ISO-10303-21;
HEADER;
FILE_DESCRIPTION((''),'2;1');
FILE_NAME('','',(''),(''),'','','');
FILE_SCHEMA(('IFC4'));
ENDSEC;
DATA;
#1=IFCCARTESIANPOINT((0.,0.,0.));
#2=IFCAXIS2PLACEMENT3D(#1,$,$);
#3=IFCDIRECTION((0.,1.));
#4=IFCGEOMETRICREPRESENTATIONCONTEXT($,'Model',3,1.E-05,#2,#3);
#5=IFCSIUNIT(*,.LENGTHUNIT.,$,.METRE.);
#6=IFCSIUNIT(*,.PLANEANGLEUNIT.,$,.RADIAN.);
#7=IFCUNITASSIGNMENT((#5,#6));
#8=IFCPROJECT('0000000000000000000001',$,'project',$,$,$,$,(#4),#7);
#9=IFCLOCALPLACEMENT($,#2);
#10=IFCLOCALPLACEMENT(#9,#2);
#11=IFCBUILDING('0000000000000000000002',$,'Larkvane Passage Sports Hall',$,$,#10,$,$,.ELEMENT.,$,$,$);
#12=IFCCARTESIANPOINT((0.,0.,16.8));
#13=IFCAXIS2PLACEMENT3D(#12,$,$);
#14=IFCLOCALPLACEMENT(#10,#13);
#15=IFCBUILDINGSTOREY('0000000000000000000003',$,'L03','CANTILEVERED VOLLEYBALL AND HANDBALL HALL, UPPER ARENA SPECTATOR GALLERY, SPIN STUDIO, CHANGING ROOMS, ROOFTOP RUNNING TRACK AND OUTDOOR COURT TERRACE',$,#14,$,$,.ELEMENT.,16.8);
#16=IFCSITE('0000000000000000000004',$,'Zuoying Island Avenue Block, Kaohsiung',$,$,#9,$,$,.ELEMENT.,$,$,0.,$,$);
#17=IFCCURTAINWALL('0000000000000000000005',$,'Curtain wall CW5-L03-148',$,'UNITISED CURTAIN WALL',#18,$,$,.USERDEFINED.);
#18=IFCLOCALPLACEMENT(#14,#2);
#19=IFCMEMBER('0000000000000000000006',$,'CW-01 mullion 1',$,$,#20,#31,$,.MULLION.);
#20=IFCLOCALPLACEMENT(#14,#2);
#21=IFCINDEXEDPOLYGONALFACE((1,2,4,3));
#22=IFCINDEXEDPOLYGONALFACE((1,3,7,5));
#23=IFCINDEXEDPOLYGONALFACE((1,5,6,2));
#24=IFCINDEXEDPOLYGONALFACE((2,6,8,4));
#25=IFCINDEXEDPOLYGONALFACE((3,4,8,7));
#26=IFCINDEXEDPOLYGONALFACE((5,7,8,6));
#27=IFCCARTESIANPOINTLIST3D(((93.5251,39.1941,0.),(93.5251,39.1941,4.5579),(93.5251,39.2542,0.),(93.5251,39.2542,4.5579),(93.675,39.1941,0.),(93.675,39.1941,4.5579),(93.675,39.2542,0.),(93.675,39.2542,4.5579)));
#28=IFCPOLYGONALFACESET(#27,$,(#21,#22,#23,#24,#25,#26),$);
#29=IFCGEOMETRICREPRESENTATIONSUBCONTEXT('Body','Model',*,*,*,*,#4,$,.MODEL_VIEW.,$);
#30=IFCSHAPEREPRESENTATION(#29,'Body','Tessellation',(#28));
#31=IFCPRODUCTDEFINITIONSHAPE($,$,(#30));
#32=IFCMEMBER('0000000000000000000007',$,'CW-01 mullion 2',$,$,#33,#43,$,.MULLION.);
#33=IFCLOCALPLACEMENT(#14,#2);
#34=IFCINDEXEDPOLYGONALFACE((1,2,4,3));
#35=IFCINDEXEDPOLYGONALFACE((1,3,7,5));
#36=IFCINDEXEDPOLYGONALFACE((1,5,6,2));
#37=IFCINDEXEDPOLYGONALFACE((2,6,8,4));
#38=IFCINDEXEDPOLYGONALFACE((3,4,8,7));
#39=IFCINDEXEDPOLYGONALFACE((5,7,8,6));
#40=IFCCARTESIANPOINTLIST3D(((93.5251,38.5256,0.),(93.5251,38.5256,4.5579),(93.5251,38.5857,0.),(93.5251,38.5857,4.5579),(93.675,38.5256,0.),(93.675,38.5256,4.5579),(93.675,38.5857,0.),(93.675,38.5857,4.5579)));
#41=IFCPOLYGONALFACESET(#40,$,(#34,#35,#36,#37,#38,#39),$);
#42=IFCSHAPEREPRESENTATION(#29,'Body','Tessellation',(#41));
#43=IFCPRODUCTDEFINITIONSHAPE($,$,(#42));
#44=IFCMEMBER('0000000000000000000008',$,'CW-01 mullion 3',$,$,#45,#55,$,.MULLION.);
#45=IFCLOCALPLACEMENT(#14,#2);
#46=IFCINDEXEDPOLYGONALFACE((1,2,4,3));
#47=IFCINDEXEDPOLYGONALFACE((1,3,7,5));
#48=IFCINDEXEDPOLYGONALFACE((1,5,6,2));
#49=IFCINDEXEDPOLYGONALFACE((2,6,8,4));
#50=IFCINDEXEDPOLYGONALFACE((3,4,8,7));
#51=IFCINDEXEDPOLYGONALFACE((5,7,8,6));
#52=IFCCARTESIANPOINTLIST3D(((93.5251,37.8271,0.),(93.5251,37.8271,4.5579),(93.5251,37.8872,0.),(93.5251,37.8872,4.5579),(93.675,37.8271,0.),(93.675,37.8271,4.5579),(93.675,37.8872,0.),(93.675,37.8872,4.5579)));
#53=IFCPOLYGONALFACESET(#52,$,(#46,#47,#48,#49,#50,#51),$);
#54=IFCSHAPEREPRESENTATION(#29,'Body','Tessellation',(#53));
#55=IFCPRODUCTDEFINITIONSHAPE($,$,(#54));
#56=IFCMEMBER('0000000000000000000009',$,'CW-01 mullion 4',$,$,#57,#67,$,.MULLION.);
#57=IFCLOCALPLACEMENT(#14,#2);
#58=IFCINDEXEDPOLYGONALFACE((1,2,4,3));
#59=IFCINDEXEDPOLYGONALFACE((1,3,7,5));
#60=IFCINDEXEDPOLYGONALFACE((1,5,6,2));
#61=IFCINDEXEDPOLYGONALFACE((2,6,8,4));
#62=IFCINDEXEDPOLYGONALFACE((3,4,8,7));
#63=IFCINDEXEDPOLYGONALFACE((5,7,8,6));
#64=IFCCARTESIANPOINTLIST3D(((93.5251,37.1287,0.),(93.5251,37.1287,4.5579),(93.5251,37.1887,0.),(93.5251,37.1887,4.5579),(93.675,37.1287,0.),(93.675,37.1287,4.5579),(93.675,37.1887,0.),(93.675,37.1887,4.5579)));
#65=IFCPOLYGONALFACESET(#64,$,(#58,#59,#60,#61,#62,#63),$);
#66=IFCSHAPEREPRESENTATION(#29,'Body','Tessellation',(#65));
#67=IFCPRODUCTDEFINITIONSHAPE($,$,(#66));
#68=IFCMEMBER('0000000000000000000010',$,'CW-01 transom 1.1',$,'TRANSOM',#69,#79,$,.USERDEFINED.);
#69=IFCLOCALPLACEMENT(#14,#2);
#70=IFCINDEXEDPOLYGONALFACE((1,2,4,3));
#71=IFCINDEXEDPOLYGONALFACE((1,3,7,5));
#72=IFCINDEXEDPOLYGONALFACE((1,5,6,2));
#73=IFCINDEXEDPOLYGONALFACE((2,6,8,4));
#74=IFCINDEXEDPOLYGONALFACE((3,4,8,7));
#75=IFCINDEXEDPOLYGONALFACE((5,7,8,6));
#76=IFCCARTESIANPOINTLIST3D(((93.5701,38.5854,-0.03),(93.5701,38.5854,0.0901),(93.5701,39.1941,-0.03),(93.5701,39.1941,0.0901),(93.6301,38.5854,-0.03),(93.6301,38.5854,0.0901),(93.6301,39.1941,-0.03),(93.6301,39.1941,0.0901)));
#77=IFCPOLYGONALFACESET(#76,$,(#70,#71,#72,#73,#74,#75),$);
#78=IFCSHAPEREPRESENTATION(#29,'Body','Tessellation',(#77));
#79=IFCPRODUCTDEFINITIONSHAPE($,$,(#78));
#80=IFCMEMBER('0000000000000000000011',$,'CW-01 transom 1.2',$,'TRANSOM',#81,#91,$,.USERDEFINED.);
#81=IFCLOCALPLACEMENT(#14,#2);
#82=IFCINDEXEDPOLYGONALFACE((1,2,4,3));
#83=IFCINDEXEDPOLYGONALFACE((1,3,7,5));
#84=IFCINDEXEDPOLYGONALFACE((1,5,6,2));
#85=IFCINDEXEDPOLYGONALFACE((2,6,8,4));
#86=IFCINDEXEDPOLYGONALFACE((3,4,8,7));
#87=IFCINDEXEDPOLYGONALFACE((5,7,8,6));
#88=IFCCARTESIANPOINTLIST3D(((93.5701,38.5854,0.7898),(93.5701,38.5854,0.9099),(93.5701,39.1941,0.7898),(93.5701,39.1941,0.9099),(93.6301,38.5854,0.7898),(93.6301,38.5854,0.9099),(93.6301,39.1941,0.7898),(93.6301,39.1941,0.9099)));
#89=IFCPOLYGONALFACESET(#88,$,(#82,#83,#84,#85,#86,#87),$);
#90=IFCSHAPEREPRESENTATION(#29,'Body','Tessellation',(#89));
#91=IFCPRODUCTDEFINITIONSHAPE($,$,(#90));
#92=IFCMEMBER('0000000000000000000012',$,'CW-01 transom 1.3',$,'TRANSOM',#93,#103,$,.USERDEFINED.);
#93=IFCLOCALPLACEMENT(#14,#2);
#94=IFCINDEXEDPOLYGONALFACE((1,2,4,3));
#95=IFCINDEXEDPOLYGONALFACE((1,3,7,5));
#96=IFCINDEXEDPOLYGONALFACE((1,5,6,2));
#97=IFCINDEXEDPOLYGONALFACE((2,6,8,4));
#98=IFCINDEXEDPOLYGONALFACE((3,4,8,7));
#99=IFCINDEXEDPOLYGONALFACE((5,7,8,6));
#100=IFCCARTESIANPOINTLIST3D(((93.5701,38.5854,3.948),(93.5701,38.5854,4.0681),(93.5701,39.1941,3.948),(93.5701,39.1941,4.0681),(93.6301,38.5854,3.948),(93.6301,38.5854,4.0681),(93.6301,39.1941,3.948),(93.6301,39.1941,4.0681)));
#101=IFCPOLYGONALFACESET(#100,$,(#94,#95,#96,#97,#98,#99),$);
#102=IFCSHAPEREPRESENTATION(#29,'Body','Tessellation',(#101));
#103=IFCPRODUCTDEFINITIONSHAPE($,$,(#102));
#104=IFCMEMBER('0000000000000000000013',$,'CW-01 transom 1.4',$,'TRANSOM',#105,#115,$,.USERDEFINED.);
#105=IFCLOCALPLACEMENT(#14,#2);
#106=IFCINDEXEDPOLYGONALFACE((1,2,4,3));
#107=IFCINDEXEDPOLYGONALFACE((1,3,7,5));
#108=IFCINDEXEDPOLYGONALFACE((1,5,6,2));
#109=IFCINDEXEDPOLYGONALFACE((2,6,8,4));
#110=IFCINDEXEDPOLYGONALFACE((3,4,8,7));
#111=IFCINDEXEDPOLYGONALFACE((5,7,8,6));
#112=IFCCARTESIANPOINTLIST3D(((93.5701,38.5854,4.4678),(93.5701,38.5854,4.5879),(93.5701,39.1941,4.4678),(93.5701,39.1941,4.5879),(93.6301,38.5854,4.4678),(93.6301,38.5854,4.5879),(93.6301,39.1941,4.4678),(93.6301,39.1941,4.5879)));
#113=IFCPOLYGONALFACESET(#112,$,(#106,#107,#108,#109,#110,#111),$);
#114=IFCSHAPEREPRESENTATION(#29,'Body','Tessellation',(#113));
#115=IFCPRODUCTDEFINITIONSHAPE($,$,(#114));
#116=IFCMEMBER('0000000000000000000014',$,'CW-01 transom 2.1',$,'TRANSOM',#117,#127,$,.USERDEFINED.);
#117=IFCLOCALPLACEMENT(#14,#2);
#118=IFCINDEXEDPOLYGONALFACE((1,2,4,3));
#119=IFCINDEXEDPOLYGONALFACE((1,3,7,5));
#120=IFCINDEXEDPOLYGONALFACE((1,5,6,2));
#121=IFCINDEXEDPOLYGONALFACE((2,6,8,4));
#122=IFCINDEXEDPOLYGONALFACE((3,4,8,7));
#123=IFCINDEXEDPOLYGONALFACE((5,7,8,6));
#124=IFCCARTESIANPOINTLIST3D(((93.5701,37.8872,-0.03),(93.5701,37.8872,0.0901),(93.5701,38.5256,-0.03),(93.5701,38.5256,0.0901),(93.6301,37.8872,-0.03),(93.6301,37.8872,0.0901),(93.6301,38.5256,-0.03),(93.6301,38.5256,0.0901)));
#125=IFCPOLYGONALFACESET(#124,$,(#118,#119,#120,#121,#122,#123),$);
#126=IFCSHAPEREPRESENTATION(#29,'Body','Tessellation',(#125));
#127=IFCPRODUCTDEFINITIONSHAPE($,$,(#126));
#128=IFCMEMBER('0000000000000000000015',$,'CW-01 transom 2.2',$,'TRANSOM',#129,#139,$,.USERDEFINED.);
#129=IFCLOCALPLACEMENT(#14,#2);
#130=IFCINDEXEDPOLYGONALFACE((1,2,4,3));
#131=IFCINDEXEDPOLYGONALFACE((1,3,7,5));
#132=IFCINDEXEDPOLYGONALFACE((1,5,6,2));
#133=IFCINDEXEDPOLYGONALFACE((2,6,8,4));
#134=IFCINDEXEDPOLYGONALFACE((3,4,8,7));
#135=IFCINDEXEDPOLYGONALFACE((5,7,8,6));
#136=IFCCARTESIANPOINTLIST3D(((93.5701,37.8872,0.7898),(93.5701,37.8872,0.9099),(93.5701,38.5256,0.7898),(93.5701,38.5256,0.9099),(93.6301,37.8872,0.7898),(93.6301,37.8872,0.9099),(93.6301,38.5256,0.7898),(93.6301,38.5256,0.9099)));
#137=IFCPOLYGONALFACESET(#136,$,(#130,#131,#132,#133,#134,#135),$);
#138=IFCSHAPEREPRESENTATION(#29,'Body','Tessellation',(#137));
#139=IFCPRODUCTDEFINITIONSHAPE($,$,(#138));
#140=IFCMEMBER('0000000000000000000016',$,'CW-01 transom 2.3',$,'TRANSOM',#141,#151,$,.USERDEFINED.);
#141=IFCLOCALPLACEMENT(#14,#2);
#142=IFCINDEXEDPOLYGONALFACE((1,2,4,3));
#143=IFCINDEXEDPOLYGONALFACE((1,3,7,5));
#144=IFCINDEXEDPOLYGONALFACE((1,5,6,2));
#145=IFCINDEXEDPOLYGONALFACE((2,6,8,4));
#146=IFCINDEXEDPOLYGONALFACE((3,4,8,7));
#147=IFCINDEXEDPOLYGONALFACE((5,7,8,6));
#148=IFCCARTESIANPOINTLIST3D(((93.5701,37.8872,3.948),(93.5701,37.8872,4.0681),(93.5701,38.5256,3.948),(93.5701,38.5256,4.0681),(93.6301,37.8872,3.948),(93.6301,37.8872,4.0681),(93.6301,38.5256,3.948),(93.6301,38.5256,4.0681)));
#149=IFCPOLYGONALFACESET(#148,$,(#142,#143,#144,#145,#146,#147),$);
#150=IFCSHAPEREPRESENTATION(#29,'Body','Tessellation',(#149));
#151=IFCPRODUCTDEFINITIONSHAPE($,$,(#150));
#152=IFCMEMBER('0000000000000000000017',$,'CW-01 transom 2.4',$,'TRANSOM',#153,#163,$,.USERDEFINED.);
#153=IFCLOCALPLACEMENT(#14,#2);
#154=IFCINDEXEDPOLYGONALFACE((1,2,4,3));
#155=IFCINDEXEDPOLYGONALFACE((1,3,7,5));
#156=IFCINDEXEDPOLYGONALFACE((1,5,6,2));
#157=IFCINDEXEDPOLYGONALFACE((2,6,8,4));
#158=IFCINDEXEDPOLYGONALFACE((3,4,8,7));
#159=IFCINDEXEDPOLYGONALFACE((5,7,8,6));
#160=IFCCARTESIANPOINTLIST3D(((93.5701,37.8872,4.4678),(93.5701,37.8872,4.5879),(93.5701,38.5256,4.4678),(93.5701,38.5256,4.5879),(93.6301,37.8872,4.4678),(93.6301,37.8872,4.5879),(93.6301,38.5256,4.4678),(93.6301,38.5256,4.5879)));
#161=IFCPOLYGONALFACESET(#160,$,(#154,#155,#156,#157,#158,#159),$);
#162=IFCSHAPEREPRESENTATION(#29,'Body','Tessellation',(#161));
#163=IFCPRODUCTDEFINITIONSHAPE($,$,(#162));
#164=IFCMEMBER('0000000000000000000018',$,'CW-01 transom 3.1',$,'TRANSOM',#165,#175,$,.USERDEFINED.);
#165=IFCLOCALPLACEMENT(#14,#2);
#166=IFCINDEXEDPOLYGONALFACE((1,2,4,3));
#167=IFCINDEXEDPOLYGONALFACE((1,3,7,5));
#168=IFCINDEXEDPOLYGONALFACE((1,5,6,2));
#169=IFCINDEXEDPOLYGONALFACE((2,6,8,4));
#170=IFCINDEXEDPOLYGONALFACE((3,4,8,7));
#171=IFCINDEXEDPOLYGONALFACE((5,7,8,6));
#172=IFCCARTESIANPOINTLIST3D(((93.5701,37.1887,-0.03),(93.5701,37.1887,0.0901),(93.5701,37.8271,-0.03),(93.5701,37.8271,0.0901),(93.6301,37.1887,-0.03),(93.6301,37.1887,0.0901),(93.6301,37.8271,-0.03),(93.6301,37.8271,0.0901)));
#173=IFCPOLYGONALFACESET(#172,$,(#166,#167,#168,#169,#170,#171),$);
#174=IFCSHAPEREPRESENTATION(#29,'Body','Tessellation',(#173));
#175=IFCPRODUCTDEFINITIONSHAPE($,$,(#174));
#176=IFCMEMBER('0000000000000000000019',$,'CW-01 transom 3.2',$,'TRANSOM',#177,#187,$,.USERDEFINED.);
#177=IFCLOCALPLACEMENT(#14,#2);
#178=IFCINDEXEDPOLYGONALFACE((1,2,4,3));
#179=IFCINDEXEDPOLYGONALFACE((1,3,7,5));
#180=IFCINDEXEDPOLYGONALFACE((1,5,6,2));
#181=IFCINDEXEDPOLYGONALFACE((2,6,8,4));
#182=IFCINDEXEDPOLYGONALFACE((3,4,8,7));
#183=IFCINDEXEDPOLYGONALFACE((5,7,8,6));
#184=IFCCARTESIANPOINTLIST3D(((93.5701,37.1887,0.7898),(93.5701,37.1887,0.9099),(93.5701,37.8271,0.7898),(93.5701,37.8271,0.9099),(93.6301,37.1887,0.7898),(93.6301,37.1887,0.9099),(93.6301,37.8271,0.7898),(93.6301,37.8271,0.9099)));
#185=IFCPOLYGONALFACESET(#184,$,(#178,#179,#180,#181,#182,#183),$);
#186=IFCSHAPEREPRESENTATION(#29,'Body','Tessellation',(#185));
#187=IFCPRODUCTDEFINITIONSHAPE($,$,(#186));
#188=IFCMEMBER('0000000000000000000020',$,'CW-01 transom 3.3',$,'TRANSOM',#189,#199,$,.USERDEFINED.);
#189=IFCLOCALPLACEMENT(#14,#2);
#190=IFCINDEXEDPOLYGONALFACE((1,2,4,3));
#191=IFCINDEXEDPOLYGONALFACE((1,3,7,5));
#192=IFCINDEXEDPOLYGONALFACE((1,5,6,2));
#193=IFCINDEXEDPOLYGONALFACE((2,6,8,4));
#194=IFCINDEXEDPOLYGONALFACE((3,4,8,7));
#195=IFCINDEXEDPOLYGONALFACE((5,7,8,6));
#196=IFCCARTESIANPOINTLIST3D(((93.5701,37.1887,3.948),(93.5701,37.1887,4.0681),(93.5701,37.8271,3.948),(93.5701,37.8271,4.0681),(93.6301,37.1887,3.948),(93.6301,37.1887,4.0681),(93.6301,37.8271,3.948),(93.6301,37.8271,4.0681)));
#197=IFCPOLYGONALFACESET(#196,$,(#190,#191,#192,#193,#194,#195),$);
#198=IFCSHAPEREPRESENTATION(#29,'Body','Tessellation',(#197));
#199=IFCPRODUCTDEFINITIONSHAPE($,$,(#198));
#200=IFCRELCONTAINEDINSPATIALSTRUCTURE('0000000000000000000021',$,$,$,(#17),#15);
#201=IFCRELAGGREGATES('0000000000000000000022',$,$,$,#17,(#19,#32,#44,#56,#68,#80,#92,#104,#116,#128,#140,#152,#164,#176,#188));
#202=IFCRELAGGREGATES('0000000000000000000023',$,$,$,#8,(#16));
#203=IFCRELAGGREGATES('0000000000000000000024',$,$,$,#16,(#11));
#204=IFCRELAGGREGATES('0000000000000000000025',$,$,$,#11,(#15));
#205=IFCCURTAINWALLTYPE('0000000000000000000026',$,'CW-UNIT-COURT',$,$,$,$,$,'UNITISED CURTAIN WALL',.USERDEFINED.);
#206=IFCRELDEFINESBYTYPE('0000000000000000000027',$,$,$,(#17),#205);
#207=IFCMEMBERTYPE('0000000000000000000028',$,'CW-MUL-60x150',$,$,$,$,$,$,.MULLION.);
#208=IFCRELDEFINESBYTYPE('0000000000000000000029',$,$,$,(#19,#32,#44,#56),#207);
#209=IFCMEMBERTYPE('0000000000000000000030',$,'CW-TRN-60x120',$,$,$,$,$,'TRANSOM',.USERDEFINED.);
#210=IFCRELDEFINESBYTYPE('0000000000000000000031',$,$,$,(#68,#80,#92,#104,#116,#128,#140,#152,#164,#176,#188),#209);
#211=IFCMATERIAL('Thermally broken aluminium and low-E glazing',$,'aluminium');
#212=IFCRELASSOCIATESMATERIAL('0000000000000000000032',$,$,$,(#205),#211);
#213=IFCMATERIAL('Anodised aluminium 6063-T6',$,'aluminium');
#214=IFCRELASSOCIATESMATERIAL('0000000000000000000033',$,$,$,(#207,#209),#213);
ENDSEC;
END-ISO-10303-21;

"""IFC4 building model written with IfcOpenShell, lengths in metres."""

from ifc_helpers import new_model, si_unit, direction, frame, origin, origin_2d, place, context, subcontext, project, spatial, rectangle, extrude, material, material_profile, profile_set, type_object, element, aggregate, save


model = new_model("IFC4")

# Units and contexts
model_context = context("Model", 3, precision=1e-05, world=origin(), true_north=direction((0.0, 1.0)))
body_context = subcontext(model_context, "Body", "Model", "MODEL_VIEW")
ifc_project = project(units=[si_unit("LENGTHUNIT", "METRE"), si_unit("PLANEANGLEUNIT", "RADIAN")], contexts=[model_context])

# Site, building, storey
site_placement = place(None, origin())
site = spatial("IfcSite", under=ifc_project, at=site_placement, Name="Zuoying Island Avenue Block, Kaohsiung", CompositionType="ELEMENT", RefElevation=0.0)
building_placement = place(site_placement, origin())
building = spatial("IfcBuilding", under=site, at=building_placement, Name="Larkvane Passage Sports Hall", CompositionType="ELEMENT")
storey_placement = place(building_placement, frame((0.0, 0.0, 16.8)))
storey = spatial("IfcBuildingStorey", under=building, at=storey_placement, Name="L03", Description="CANTILEVERED VOLLEYBALL AND HANDBALL HALL, UPPER ARENA SPECTATOR GALLERY, SPIN STUDIO, CHANGING ROOMS, ROOFTOP RUNNING TRACK AND OUTDOOR COURT TERRACE", CompositionType="ELEMENT", Elevation=16.8)

# Curtain wall, members
ifc_material_1 = material(Name="Thermally broken aluminium and low-E glazing", Category="aluminium")
curtain_wall_type_1 = type_object("IfcCurtainWallType", Name="CW-UNIT-COURT", ElementType="UNITISED CURTAIN WALL", PredefinedType="USERDEFINED", material=ifc_material_1)
curtain_wall_1_placement = place(storey_placement, origin())
curtain_wall_1 = element("IfcCurtainWall", 1, at=curtain_wall_1_placement, inside=storey, type_object=curtain_wall_type_1, Name="Curtain wall CW5-L03-148", ObjectType="UNITISED CURTAIN WALL", PredefinedType="USERDEFINED")
ifc_material_2 = material(Name="Anodised aluminium 6063-T6", Category="aluminium")
ifc_material_profile_1 = material_profile(ifc_material_2, rectangle(XDim=0.0601, YDim=0.1499, at=origin_2d()), Name="ALU-MUL-60x150")
ifc_profile_set_1 = profile_set([ifc_material_profile_1], Name="Anodised aluminium 6063-T6")
member_type_1 = type_object("IfcMemberType", Name="CW-MUL-60x150", PredefinedType="MULLION", material=ifc_profile_set_1)
member_1_placement = place(storey_placement, frame((93.6001, 39.2241, 0.0), z_axis=(0.0, 0.0, 1.0), x_axis=(0.0, -1.0, 0.0)))
member_1 = element("IfcMember", 2, at=member_1_placement, type_object=member_type_1, Name="CW-01 mullion 1", PredefinedType="MULLION", context=body_context, shape_type="SweptSolid", body=[
    extrude(rectangle(XDim=0.0601, YDim=0.1499, at=origin_2d()), origin(), (0.0, 0.0, 1.0), 4.5579),
])
member_2_placement = place(storey_placement, frame((93.6001, 38.5557, 0.0), z_axis=(0.0, 0.0, 1.0), x_axis=(0.0, -1.0, 0.0)))
member_2 = element("IfcMember", 3, at=member_2_placement, type_object=member_type_1, Name="CW-01 mullion 2", PredefinedType="MULLION", context=body_context, shape_type="SweptSolid", body=[
    extrude(rectangle(XDim=0.0601, YDim=0.1499, at=origin_2d()), origin(), (0.0, 0.0, 1.0), 4.5579),
])
member_3_placement = place(storey_placement, frame((93.6001, 37.8572, 0.0), z_axis=(0.0, 0.0, 1.0), x_axis=(0.0, -1.0, 0.0)))
member_3 = element("IfcMember", 4, at=member_3_placement, type_object=member_type_1, Name="CW-01 mullion 3", PredefinedType="MULLION", context=body_context, shape_type="SweptSolid", body=[
    extrude(rectangle(XDim=0.0601, YDim=0.1499, at=origin_2d()), origin(), (0.0, 0.0, 1.0), 4.5579),
])
member_4_placement = place(storey_placement, frame((93.6001, 37.1587, 0.0), z_axis=(0.0, 0.0, 1.0), x_axis=(0.0, -1.0, 0.0)))
member_4 = element("IfcMember", 5, at=member_4_placement, type_object=member_type_1, Name="CW-01 mullion 4", PredefinedType="MULLION", context=body_context, shape_type="SweptSolid", body=[
    extrude(rectangle(XDim=0.0601, YDim=0.1499, at=origin_2d()), origin(), (0.0, 0.0, 1.0), 4.5579),
])
ifc_material_profile_2 = material_profile(ifc_material_2, rectangle(XDim=0.0601, YDim=0.1201, at=origin_2d()), Name="ALU-TRN-60x120")
ifc_profile_set_2 = profile_set([ifc_material_profile_2], Name="Anodised aluminium 6063-T6")
member_type_2 = type_object("IfcMemberType", Name="CW-TRN-60x120", ElementType="TRANSOM", PredefinedType="USERDEFINED", material=ifc_profile_set_2)
member_5_placement = place(storey_placement, frame((93.6001, 39.1941, 0.03), z_axis=(0.0, -1.0, 0.0), x_axis=(1.0, 0.0, 0.0)))
member_5 = element("IfcMember", 6, at=member_5_placement, type_object=member_type_2, Name="CW-01 transom 1.1", ObjectType="TRANSOM", PredefinedType="USERDEFINED", context=body_context, shape_type="SweptSolid", body=[
    extrude(rectangle(XDim=0.0601, YDim=0.1201, at=origin_2d()), origin(), (0.0, 0.0, 1.0), 0.6086),
])
member_6_placement = place(storey_placement, frame((93.6001, 39.1941, 0.8499), z_axis=(0.0, -1.0, 0.0), x_axis=(1.0, 0.0, 0.0)))
member_6 = element("IfcMember", 7, at=member_6_placement, type_object=member_type_2, Name="CW-01 transom 1.2", ObjectType="TRANSOM", PredefinedType="USERDEFINED", context=body_context, shape_type="SweptSolid", body=[
    extrude(rectangle(XDim=0.0601, YDim=0.1201, at=origin_2d()), origin(), (0.0, 0.0, 1.0), 0.6086),
])
member_7_placement = place(storey_placement, frame((93.6001, 39.1941, 4.0081), z_axis=(0.0, -1.0, 0.0), x_axis=(1.0, 0.0, 0.0)))
member_7 = element("IfcMember", 8, at=member_7_placement, type_object=member_type_2, Name="CW-01 transom 1.3", ObjectType="TRANSOM", PredefinedType="USERDEFINED", context=body_context, shape_type="SweptSolid", body=[
    extrude(rectangle(XDim=0.0601, YDim=0.1201, at=origin_2d()), origin(), (0.0, 0.0, 1.0), 0.6086),
])
member_8_placement = place(storey_placement, frame((93.6001, 39.1941, 4.5278), z_axis=(0.0, -1.0, 0.0), x_axis=(1.0, 0.0, 0.0)))
member_8 = element("IfcMember", 9, at=member_8_placement, type_object=member_type_2, Name="CW-01 transom 1.4", ObjectType="TRANSOM", PredefinedType="USERDEFINED", context=body_context, shape_type="SweptSolid", body=[
    extrude(rectangle(XDim=0.0601, YDim=0.1201, at=origin_2d()), origin(), (0.0, 0.0, 1.0), 0.6086),
])
member_9_placement = place(storey_placement, frame((93.6001, 38.5256, 0.03), z_axis=(0.0, -1.0, 0.0), x_axis=(1.0, 0.0, 0.0)))
member_9 = element("IfcMember", 10, at=member_9_placement, type_object=member_type_2, Name="CW-01 transom 2.1", ObjectType="TRANSOM", PredefinedType="USERDEFINED", context=body_context, shape_type="SweptSolid", body=[
    extrude(rectangle(XDim=0.0601, YDim=0.1201, at=origin_2d()), origin(), (0.0, 0.0, 1.0), 0.6384),
])
member_10_placement = place(storey_placement, frame((93.6001, 38.5256, 0.8499), z_axis=(0.0, -1.0, 0.0), x_axis=(1.0, 0.0, 0.0)))
member_10 = element("IfcMember", 11, at=member_10_placement, type_object=member_type_2, Name="CW-01 transom 2.2", ObjectType="TRANSOM", PredefinedType="USERDEFINED", context=body_context, shape_type="SweptSolid", body=[
    extrude(rectangle(XDim=0.0601, YDim=0.1201, at=origin_2d()), origin(), (0.0, 0.0, 1.0), 0.6384),
])
member_11_placement = place(storey_placement, frame((93.6001, 38.5256, 4.0081), z_axis=(0.0, -1.0, 0.0), x_axis=(1.0, 0.0, 0.0)))
member_11 = element("IfcMember", 12, at=member_11_placement, type_object=member_type_2, Name="CW-01 transom 2.3", ObjectType="TRANSOM", PredefinedType="USERDEFINED", context=body_context, shape_type="SweptSolid", body=[
    extrude(rectangle(XDim=0.0601, YDim=0.1201, at=origin_2d()), origin(), (0.0, 0.0, 1.0), 0.6384),
])
member_12_placement = place(storey_placement, frame((93.6001, 38.5256, 4.5278), z_axis=(0.0, -1.0, 0.0), x_axis=(1.0, 0.0, 0.0)))
member_12 = element("IfcMember", 13, at=member_12_placement, type_object=member_type_2, Name="CW-01 transom 2.4", ObjectType="TRANSOM", PredefinedType="USERDEFINED", context=body_context, shape_type="SweptSolid", body=[
    extrude(rectangle(XDim=0.0601, YDim=0.1201, at=origin_2d()), origin(), (0.0, 0.0, 1.0), 0.6384),
])
member_13_placement = place(storey_placement, frame((93.6001, 37.8271, 0.03), z_axis=(0.0, -1.0, 0.0), x_axis=(1.0, 0.0, 0.0)))
member_13 = element("IfcMember", 14, at=member_13_placement, type_object=member_type_2, Name="CW-01 transom 3.1", ObjectType="TRANSOM", PredefinedType="USERDEFINED", context=body_context, shape_type="SweptSolid", body=[
    extrude(rectangle(XDim=0.0601, YDim=0.1201, at=origin_2d()), origin(), (0.0, 0.0, 1.0), 0.6384),
])
member_14_placement = place(storey_placement, frame((93.6001, 37.8271, 0.8499), z_axis=(0.0, -1.0, 0.0), x_axis=(1.0, 0.0, 0.0)))
member_14 = element("IfcMember", 15, at=member_14_placement, type_object=member_type_2, Name="CW-01 transom 3.2", ObjectType="TRANSOM", PredefinedType="USERDEFINED", context=body_context, shape_type="SweptSolid", body=[
    extrude(rectangle(XDim=0.0601, YDim=0.1201, at=origin_2d()), origin(), (0.0, 0.0, 1.0), 0.6384),
])
member_15_placement = place(storey_placement, frame((93.6001, 37.8271, 4.0081), z_axis=(0.0, -1.0, 0.0), x_axis=(1.0, 0.0, 0.0)))
member_15 = element("IfcMember", 16, at=member_15_placement, type_object=member_type_2, Name="CW-01 transom 3.3", ObjectType="TRANSOM", PredefinedType="USERDEFINED", context=body_context, shape_type="SweptSolid", body=[
    extrude(rectangle(XDim=0.0601, YDim=0.1201, at=origin_2d()), origin(), (0.0, 0.0, 1.0), 0.6384),
])

aggregate(curtain_wall_1, [member_1, member_2, member_3, member_4, member_5, member_6, member_7, member_8, member_9, member_10, member_11, member_12, member_13, member_14, member_15])

save(model, "model.ifc")
